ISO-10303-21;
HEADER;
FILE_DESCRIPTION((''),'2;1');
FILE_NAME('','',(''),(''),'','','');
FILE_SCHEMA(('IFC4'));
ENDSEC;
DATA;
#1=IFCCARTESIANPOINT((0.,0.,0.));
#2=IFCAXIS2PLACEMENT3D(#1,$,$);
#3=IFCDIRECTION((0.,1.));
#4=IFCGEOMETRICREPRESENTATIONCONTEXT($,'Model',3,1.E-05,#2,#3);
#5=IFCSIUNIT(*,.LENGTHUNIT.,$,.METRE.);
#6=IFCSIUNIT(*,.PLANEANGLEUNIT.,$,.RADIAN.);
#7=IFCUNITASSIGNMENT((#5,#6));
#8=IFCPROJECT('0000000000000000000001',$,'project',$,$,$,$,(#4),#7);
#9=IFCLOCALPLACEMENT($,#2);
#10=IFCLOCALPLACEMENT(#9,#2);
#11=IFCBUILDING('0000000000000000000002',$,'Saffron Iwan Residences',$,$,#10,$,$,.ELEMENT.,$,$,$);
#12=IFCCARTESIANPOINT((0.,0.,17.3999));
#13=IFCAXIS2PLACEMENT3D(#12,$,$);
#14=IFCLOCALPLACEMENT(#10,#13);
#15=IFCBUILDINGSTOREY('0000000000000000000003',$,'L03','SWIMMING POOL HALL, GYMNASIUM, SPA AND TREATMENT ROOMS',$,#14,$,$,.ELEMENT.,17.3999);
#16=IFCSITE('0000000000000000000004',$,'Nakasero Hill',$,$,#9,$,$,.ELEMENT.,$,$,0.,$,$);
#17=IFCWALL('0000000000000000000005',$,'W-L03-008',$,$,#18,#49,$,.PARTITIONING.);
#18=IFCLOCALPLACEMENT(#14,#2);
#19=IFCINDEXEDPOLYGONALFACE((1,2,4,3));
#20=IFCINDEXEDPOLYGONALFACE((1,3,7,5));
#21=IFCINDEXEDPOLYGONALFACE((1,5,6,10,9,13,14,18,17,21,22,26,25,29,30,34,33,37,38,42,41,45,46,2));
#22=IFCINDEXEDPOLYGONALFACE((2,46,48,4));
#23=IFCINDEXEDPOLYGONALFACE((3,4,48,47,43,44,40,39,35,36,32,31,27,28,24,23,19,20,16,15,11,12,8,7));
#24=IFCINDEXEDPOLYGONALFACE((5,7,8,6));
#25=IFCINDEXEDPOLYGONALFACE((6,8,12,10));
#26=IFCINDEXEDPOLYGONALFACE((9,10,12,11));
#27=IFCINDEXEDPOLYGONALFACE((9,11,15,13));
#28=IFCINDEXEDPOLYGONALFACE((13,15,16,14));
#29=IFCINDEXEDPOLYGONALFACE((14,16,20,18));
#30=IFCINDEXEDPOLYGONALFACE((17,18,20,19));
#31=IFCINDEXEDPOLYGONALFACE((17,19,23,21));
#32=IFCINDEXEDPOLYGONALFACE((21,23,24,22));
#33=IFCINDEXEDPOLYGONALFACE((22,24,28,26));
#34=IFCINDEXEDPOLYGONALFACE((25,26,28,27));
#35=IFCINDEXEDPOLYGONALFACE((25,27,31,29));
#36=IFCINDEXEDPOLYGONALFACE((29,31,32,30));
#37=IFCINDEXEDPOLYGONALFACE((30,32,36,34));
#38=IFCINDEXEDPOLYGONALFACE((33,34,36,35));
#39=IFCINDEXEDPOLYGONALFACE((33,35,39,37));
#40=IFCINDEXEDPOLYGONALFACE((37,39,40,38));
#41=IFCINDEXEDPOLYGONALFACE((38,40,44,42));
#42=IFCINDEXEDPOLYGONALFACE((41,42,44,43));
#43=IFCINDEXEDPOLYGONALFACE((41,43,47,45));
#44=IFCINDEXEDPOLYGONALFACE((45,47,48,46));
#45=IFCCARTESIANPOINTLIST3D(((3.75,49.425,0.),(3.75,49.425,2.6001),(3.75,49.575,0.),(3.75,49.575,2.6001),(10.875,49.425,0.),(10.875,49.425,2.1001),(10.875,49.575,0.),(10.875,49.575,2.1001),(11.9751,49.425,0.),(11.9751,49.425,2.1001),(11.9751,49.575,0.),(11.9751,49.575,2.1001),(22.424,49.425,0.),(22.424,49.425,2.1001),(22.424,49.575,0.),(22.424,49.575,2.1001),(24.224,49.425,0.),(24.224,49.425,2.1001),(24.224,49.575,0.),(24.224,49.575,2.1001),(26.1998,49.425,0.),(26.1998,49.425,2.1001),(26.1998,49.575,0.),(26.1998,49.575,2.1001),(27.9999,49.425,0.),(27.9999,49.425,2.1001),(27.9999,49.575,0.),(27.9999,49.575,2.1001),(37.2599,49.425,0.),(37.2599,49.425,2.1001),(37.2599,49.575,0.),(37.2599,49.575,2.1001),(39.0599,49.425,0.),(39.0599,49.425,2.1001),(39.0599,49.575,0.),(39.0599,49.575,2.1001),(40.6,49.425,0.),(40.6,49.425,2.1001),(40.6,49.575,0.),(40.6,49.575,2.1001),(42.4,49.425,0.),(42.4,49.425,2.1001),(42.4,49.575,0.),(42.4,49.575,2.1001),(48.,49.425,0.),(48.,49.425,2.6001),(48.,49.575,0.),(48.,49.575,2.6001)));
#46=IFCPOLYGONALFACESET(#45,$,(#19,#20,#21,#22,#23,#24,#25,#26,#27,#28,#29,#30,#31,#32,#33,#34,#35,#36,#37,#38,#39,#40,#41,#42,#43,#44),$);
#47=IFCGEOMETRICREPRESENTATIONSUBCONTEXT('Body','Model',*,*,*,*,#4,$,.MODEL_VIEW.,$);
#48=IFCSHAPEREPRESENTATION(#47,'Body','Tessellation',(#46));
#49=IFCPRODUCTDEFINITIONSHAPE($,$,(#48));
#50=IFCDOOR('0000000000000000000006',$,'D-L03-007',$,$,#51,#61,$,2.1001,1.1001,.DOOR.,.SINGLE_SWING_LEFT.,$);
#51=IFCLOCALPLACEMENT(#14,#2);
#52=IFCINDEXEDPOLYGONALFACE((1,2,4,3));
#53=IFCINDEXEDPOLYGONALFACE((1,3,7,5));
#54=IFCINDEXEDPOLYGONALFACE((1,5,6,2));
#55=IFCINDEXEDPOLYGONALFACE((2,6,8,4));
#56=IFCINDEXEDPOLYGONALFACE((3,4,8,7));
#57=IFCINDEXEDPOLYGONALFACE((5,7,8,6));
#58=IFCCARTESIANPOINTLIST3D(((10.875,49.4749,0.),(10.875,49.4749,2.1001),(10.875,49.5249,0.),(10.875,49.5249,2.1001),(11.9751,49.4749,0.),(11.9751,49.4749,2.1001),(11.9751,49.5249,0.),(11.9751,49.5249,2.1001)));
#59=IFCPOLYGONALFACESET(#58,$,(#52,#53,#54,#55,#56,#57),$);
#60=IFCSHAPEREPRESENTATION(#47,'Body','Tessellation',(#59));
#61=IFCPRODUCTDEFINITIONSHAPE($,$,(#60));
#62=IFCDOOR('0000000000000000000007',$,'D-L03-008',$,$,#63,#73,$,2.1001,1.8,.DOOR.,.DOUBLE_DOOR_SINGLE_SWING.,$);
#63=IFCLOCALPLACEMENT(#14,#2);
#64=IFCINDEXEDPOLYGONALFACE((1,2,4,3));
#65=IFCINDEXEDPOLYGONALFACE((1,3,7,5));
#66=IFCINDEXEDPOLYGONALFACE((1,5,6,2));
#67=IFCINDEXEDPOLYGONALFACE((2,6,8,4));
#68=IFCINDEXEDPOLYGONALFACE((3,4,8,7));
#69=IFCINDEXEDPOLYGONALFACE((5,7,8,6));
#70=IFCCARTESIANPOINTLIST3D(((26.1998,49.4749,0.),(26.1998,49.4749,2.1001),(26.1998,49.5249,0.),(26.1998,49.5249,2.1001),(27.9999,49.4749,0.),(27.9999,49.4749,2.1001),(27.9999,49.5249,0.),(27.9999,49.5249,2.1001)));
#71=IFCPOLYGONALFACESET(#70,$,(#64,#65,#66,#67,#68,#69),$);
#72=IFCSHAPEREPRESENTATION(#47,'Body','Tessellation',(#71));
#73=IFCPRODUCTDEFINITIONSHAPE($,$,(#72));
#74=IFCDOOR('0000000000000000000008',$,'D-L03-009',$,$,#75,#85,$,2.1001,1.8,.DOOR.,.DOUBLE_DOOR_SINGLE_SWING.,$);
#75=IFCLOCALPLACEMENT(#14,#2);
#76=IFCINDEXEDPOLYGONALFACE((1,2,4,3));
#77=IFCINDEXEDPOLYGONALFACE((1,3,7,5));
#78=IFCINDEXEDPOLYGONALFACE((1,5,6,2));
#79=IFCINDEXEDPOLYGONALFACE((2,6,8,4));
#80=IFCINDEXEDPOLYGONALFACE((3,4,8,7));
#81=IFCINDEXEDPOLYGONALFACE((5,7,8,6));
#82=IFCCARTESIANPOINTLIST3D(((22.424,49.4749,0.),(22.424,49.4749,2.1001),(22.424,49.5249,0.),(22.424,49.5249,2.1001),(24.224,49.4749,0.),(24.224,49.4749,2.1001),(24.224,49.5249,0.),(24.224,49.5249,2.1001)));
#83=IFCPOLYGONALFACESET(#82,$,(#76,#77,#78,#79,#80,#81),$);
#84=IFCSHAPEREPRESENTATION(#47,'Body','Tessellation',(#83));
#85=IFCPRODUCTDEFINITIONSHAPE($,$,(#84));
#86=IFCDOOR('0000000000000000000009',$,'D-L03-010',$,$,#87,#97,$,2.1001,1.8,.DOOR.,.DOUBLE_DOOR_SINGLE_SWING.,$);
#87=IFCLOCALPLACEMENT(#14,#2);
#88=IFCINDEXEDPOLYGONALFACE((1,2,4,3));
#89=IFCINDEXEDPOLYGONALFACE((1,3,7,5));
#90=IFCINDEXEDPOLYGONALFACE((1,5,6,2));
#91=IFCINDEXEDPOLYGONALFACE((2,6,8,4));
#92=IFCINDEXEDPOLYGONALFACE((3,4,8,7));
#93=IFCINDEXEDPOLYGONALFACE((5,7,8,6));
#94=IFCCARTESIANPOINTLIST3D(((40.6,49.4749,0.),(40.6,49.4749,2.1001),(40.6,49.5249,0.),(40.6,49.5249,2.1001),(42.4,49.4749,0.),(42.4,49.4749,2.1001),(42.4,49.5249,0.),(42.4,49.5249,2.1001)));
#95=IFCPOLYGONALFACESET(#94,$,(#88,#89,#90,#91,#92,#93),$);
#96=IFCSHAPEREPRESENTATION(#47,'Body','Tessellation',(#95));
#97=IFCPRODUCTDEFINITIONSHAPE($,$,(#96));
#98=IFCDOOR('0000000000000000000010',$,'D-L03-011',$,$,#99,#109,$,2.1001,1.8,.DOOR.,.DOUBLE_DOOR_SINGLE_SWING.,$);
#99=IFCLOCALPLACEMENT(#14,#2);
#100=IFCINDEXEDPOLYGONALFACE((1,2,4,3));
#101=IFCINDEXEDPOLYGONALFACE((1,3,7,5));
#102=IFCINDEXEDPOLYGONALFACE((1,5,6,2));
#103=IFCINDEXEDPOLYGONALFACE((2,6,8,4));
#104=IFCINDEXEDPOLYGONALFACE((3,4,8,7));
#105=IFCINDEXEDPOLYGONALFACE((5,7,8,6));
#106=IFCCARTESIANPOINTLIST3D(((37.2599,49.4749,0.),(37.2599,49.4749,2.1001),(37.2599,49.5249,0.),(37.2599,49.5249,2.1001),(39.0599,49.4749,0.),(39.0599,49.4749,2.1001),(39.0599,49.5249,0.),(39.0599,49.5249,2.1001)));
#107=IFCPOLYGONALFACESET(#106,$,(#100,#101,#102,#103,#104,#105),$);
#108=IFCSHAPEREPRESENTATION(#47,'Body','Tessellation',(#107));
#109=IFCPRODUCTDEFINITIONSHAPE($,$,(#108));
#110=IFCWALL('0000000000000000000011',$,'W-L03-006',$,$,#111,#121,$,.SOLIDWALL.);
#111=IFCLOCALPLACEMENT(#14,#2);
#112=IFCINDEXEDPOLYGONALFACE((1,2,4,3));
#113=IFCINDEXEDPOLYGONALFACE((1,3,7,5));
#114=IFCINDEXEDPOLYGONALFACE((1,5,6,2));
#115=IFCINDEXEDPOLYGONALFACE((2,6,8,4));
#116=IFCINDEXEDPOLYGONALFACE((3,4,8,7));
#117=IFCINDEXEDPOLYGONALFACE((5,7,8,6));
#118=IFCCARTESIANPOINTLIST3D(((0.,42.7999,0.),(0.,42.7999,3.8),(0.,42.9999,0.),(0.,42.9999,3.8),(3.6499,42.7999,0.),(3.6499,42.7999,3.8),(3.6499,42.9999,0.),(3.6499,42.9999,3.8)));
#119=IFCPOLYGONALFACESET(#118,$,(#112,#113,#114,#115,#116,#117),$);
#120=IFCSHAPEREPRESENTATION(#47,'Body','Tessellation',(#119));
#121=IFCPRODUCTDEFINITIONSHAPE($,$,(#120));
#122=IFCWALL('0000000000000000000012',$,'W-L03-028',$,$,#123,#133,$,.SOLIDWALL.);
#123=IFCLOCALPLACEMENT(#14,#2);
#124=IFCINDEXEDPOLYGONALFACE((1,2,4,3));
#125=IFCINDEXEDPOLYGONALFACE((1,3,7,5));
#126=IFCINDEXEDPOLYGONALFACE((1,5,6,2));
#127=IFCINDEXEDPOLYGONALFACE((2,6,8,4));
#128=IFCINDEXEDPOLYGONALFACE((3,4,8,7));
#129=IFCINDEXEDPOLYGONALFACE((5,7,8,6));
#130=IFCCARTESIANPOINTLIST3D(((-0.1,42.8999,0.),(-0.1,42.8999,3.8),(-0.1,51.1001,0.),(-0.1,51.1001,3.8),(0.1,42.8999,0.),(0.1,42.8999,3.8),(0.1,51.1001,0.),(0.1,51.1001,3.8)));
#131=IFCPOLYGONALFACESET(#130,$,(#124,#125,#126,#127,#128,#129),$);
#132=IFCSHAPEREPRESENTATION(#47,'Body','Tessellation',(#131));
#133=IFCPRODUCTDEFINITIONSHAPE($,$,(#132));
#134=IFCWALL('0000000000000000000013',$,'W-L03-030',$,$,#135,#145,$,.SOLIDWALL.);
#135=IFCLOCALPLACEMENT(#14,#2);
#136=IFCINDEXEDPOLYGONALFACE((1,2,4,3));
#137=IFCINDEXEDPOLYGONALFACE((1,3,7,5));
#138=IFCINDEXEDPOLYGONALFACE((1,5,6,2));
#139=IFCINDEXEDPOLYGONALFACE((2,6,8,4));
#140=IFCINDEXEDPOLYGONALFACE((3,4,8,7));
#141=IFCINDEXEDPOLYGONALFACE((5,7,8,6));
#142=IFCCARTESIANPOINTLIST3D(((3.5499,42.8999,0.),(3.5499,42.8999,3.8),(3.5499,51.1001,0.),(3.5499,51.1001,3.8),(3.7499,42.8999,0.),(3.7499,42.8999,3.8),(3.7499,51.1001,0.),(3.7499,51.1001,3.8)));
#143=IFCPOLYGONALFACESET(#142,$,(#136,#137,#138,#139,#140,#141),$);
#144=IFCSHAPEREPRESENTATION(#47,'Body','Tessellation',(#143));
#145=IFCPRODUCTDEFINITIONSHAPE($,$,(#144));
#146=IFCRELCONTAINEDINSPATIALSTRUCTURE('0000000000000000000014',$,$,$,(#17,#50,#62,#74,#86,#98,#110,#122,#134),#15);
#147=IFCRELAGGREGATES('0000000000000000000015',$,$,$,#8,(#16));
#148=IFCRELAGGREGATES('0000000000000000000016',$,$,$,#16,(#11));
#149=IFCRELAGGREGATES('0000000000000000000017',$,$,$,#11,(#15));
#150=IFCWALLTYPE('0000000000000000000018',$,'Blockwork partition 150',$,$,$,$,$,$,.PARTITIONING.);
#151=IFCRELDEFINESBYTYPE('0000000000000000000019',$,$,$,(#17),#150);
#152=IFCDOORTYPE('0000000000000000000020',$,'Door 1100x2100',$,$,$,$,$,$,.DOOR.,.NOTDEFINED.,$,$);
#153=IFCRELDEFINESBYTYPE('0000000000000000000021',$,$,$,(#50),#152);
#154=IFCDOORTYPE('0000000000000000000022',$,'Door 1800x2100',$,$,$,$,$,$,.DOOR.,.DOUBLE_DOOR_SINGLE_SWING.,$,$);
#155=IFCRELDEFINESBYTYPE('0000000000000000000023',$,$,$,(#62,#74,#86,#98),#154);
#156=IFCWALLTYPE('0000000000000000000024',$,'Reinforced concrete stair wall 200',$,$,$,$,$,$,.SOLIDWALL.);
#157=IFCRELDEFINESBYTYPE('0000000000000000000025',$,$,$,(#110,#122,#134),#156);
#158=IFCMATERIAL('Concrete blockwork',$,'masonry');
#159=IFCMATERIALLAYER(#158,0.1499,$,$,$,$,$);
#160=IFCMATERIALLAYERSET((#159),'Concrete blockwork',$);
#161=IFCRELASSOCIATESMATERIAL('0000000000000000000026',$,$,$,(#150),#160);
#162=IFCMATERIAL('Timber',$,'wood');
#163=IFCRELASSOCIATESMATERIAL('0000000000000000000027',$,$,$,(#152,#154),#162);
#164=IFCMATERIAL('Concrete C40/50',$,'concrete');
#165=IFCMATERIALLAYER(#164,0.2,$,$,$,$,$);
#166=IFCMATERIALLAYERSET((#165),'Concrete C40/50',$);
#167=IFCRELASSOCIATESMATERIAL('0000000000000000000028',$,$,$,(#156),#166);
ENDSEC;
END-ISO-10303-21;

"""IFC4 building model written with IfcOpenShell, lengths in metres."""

from ifc_helpers import new_model, si_unit, direction, frame, frame_2d, origin, place, context, subcontext, project, spatial, rectangle, extrude, material, layer, layer_set, type_object, element, fill, save


model = new_model("IFC4")

# Units and contexts
model_context = context("Model", 3, precision=1e-05, world=origin(), true_north=direction((0.0, 1.0)))
body_context = subcontext(model_context, "Body", "Model", "MODEL_VIEW")
ifc_project = project(units=[si_unit("LENGTHUNIT", "METRE"), si_unit("PLANEANGLEUNIT", "RADIAN")], contexts=[model_context])

# Site, building, storey
site_placement = place(None, origin())
site = spatial("IfcSite", under=ifc_project, at=site_placement, Name="Nakasero Hill", CompositionType="ELEMENT", RefElevation=0.0)
building_placement = place(site_placement, origin())
building = spatial("IfcBuilding", under=site, at=building_placement, Name="Saffron Iwan Residences", CompositionType="ELEMENT")
storey_placement = place(building_placement, frame((0.0, 0.0, 17.3999)))
storey = spatial("IfcBuildingStorey", under=building, at=storey_placement, Name="L03", Description="SWIMMING POOL HALL, GYMNASIUM, SPA AND TREATMENT ROOMS", CompositionType="ELEMENT", Elevation=17.3999)

# Shared definitions
ifc_material_1 = material(Name="Concrete C40/50", Category="concrete")

# Shared definitions
ifc_material_2 = material(Name="Concrete blockwork", Category="masonry")
ifc_layer_1 = layer(ifc_material_2, 0.1499)
ifc_layer_set_1 = layer_set([ifc_layer_1], Name="Concrete blockwork")
wall_type_1 = type_object("IfcWallType", Name="Blockwork partition 150", PredefinedType="PARTITIONING", material=ifc_layer_set_1)

# Wall, openings, doors
wall_1_placement = place(storey_placement, frame((3.75, 49.5, 0.0), z_axis=(0.0, 0.0, 1.0), x_axis=(1.0, 0.0, 0.0)))
wall_1 = element("IfcWall", 1, at=wall_1_placement, inside=storey, type_object=wall_type_1, Name="W-L03-008", PredefinedType="PARTITIONING", context=body_context, shape_type="SweptSolid", body=[
    extrude(rectangle(XDim=44.25, YDim=0.1499, at=frame_2d((22.125, 0.0))), origin(), (0.0, 0.0, 1.0), 2.6001),
])
opening_1_placement = place(wall_1_placement, frame((7.125, 0.0, 0.0)))
opening_1 = element("IfcOpeningElement", 2, at=opening_1_placement, cuts=wall_1, PredefinedType="OPENING", context=body_context, shape_type="SweptSolid", body=[
    extrude(rectangle(XDim=1.1001, YDim=2.1001, at=frame_2d((0.55, 1.05))), frame((0.0, 0.085, 0.0), z_axis=(0.0, -1.0, 0.0), x_axis=(1.0, 0.0, 0.0)), (0.0, 0.0, 1.0), 0.1699),
])
opening_2_placement = place(wall_1_placement, frame((22.45, 0.0, 0.0)))
opening_2 = element("IfcOpeningElement", 3, at=opening_2_placement, cuts=wall_1, PredefinedType="OPENING", context=body_context, shape_type="SweptSolid", body=[
    extrude(rectangle(XDim=1.8, YDim=2.1001, at=frame_2d((0.8999, 1.05))), frame((0.0, 0.085, 0.0), z_axis=(0.0, -1.0, 0.0), x_axis=(1.0, 0.0, 0.0)), (0.0, 0.0, 1.0), 0.1699),
])
opening_3_placement = place(wall_1_placement, frame((18.6741, 0.0, 0.0)))
opening_3 = element("IfcOpeningElement", 4, at=opening_3_placement, cuts=wall_1, PredefinedType="OPENING", context=body_context, shape_type="SweptSolid", body=[
    extrude(rectangle(XDim=1.8, YDim=2.1001, at=frame_2d((0.8999, 1.05))), frame((0.0, 0.085, 0.0), z_axis=(0.0, -1.0, 0.0), x_axis=(1.0, 0.0, 0.0)), (0.0, 0.0, 1.0), 0.1699),
])
opening_4_placement = place(wall_1_placement, frame((36.8501, 0.0, 0.0)))
opening_4 = element("IfcOpeningElement", 5, at=opening_4_placement, cuts=wall_1, PredefinedType="OPENING", context=body_context, shape_type="SweptSolid", body=[
    extrude(rectangle(XDim=1.8, YDim=2.1001, at=frame_2d((0.8999, 1.05))), frame((0.0, 0.085, 0.0), z_axis=(0.0, -1.0, 0.0), x_axis=(1.0, 0.0, 0.0)), (0.0, 0.0, 1.0), 0.1699),
])
opening_5_placement = place(wall_1_placement, frame((33.51, 0.0, 0.0)))
opening_5 = element("IfcOpeningElement", 6, at=opening_5_placement, cuts=wall_1, PredefinedType="OPENING", context=body_context, shape_type="SweptSolid", body=[
    extrude(rectangle(XDim=1.8, YDim=2.1001, at=frame_2d((0.8999, 1.05))), frame((0.0, 0.085, 0.0), z_axis=(0.0, -1.0, 0.0), x_axis=(1.0, 0.0, 0.0)), (0.0, 0.0, 1.0), 0.1699),
])
ifc_material_3 = material(Name="Timber", Category="wood")
door_type_1 = type_object("IfcDoorType", Name="Door 1100x2100", OperationType="NOTDEFINED", PredefinedType="DOOR", material=ifc_material_3)
door_1_placement = place(opening_1_placement, origin())
door_1 = element("IfcDoor", 7, at=door_1_placement, inside=storey, type_object=door_type_1, Name="D-L03-007", OperationType="SINGLE_SWING_LEFT", OverallHeight=2.1001, OverallWidth=1.1001, PredefinedType="DOOR", context=body_context, shape_type="SweptSolid", body=[
    extrude(rectangle(XDim=1.1001, YDim=2.1001, at=frame_2d((0.55, 1.05))), frame((0.0, 0.0249, 0.0), z_axis=(0.0, -1.0, 0.0), x_axis=(1.0, 0.0, 0.0)), (0.0, 0.0, 1.0), 0.05),
])
fill(opening_1, door_1)
door_type_2 = type_object("IfcDoorType", Name="Door 1800x2100", OperationType="DOUBLE_DOOR_SINGLE_SWING", PredefinedType="DOOR", material=ifc_material_3)
door_2_placement = place(opening_2_placement, origin())
door_2 = element("IfcDoor", 8, at=door_2_placement, inside=storey, type_object=door_type_2, Name="D-L03-008", OperationType="DOUBLE_DOOR_SINGLE_SWING", OverallHeight=2.1001, OverallWidth=1.8, PredefinedType="DOOR", context=body_context, shape_type="SweptSolid", body=[
    extrude(rectangle(XDim=1.8, YDim=2.1001, at=frame_2d((0.8999, 1.05))), frame((0.0, 0.0249, 0.0), z_axis=(0.0, -1.0, 0.0), x_axis=(1.0, 0.0, 0.0)), (0.0, 0.0, 1.0), 0.05),
])
fill(opening_2, door_2)
door_3_placement = place(opening_3_placement, origin())
door_3 = element("IfcDoor", 9, at=door_3_placement, inside=storey, type_object=door_type_2, Name="D-L03-009", OperationType="DOUBLE_DOOR_SINGLE_SWING", OverallHeight=2.1001, OverallWidth=1.8, PredefinedType="DOOR", context=body_context, shape_type="SweptSolid", body=[
    extrude(rectangle(XDim=1.8, YDim=2.1001, at=frame_2d((0.8999, 1.05))), frame((0.0, 0.0249, 0.0), z_axis=(0.0, -1.0, 0.0), x_axis=(1.0, 0.0, 0.0)), (0.0, 0.0, 1.0), 0.05),
])
fill(opening_3, door_3)
door_4_placement = place(opening_4_placement, origin())
door_4 = element("IfcDoor", 10, at=door_4_placement, inside=storey, type_object=door_type_2, Name="D-L03-010", OperationType="DOUBLE_DOOR_SINGLE_SWING", OverallHeight=2.1001, OverallWidth=1.8, PredefinedType="DOOR", context=body_context, shape_type="SweptSolid", body=[
    extrude(rectangle(XDim=1.8, YDim=2.1001, at=frame_2d((0.8999, 1.05))), frame((0.0, 0.0249, 0.0), z_axis=(0.0, -1.0, 0.0), x_axis=(1.0, 0.0, 0.0)), (0.0, 0.0, 1.0), 0.05),
])
fill(opening_4, door_4)
door_5_placement = place(opening_5_placement, origin())
door_5 = element("IfcDoor", 11, at=door_5_placement, inside=storey, type_object=door_type_2, Name="D-L03-011", OperationType="DOUBLE_DOOR_SINGLE_SWING", OverallHeight=2.1001, OverallWidth=1.8, PredefinedType="DOOR", context=body_context, shape_type="SweptSolid", body=[
    extrude(rectangle(XDim=1.8, YDim=2.1001, at=frame_2d((0.8999, 1.05))), frame((0.0, 0.0249, 0.0), z_axis=(0.0, -1.0, 0.0), x_axis=(1.0, 0.0, 0.0)), (0.0, 0.0, 1.0), 0.05),
])
fill(opening_5, door_5)

# Walls
ifc_layer_2 = layer(ifc_material_1, 0.2)
ifc_layer_set_2 = layer_set([ifc_layer_2], Name="Concrete C40/50")
wall_type_2 = type_object("IfcWallType", Name="Reinforced concrete stair wall 200", PredefinedType="SOLIDWALL", material=ifc_layer_set_2)
wall_2_placement = place(storey_placement, frame((0.0, 42.8999, 0.0), z_axis=(0.0, 0.0, 1.0), x_axis=(1.0, 0.0, 0.0)))
element("IfcWall", 12, at=wall_2_placement, inside=storey, type_object=wall_type_2, Name="W-L03-006", PredefinedType="SOLIDWALL", context=body_context, shape_type="SweptSolid", body=[
    extrude(rectangle(XDim=3.6499, YDim=0.2, at=frame_2d((1.825, 0.0))), origin(), (0.0, 0.0, 1.0), 3.8),
])
for number, where, z_axis, x_axis, name in (
    (13, (0.0, 42.8999, 0.0), (0.0, 0.0, 1.0), (0.0, 1.0, 0.0), "W-L03-028"),
    (14, (3.6499, 42.8999, 0.0), (0.0, 0.0, 1.0), (0.0, 1.0, 0.0), "W-L03-030"),
):
    element("IfcWall", number, at=place(storey_placement, frame(where, z_axis=z_axis, x_axis=x_axis)), inside=storey, type_object=wall_type_2, Name=name, PredefinedType="SOLIDWALL", context=body_context, shape_type="SweptSolid", body=[
        extrude(rectangle(XDim=8.2002, YDim=0.2, at=frame_2d((4.1001, 0.0))), origin(), (0.0, 0.0, 1.0), 3.8),
    ])

save(model, "model.ifc")
